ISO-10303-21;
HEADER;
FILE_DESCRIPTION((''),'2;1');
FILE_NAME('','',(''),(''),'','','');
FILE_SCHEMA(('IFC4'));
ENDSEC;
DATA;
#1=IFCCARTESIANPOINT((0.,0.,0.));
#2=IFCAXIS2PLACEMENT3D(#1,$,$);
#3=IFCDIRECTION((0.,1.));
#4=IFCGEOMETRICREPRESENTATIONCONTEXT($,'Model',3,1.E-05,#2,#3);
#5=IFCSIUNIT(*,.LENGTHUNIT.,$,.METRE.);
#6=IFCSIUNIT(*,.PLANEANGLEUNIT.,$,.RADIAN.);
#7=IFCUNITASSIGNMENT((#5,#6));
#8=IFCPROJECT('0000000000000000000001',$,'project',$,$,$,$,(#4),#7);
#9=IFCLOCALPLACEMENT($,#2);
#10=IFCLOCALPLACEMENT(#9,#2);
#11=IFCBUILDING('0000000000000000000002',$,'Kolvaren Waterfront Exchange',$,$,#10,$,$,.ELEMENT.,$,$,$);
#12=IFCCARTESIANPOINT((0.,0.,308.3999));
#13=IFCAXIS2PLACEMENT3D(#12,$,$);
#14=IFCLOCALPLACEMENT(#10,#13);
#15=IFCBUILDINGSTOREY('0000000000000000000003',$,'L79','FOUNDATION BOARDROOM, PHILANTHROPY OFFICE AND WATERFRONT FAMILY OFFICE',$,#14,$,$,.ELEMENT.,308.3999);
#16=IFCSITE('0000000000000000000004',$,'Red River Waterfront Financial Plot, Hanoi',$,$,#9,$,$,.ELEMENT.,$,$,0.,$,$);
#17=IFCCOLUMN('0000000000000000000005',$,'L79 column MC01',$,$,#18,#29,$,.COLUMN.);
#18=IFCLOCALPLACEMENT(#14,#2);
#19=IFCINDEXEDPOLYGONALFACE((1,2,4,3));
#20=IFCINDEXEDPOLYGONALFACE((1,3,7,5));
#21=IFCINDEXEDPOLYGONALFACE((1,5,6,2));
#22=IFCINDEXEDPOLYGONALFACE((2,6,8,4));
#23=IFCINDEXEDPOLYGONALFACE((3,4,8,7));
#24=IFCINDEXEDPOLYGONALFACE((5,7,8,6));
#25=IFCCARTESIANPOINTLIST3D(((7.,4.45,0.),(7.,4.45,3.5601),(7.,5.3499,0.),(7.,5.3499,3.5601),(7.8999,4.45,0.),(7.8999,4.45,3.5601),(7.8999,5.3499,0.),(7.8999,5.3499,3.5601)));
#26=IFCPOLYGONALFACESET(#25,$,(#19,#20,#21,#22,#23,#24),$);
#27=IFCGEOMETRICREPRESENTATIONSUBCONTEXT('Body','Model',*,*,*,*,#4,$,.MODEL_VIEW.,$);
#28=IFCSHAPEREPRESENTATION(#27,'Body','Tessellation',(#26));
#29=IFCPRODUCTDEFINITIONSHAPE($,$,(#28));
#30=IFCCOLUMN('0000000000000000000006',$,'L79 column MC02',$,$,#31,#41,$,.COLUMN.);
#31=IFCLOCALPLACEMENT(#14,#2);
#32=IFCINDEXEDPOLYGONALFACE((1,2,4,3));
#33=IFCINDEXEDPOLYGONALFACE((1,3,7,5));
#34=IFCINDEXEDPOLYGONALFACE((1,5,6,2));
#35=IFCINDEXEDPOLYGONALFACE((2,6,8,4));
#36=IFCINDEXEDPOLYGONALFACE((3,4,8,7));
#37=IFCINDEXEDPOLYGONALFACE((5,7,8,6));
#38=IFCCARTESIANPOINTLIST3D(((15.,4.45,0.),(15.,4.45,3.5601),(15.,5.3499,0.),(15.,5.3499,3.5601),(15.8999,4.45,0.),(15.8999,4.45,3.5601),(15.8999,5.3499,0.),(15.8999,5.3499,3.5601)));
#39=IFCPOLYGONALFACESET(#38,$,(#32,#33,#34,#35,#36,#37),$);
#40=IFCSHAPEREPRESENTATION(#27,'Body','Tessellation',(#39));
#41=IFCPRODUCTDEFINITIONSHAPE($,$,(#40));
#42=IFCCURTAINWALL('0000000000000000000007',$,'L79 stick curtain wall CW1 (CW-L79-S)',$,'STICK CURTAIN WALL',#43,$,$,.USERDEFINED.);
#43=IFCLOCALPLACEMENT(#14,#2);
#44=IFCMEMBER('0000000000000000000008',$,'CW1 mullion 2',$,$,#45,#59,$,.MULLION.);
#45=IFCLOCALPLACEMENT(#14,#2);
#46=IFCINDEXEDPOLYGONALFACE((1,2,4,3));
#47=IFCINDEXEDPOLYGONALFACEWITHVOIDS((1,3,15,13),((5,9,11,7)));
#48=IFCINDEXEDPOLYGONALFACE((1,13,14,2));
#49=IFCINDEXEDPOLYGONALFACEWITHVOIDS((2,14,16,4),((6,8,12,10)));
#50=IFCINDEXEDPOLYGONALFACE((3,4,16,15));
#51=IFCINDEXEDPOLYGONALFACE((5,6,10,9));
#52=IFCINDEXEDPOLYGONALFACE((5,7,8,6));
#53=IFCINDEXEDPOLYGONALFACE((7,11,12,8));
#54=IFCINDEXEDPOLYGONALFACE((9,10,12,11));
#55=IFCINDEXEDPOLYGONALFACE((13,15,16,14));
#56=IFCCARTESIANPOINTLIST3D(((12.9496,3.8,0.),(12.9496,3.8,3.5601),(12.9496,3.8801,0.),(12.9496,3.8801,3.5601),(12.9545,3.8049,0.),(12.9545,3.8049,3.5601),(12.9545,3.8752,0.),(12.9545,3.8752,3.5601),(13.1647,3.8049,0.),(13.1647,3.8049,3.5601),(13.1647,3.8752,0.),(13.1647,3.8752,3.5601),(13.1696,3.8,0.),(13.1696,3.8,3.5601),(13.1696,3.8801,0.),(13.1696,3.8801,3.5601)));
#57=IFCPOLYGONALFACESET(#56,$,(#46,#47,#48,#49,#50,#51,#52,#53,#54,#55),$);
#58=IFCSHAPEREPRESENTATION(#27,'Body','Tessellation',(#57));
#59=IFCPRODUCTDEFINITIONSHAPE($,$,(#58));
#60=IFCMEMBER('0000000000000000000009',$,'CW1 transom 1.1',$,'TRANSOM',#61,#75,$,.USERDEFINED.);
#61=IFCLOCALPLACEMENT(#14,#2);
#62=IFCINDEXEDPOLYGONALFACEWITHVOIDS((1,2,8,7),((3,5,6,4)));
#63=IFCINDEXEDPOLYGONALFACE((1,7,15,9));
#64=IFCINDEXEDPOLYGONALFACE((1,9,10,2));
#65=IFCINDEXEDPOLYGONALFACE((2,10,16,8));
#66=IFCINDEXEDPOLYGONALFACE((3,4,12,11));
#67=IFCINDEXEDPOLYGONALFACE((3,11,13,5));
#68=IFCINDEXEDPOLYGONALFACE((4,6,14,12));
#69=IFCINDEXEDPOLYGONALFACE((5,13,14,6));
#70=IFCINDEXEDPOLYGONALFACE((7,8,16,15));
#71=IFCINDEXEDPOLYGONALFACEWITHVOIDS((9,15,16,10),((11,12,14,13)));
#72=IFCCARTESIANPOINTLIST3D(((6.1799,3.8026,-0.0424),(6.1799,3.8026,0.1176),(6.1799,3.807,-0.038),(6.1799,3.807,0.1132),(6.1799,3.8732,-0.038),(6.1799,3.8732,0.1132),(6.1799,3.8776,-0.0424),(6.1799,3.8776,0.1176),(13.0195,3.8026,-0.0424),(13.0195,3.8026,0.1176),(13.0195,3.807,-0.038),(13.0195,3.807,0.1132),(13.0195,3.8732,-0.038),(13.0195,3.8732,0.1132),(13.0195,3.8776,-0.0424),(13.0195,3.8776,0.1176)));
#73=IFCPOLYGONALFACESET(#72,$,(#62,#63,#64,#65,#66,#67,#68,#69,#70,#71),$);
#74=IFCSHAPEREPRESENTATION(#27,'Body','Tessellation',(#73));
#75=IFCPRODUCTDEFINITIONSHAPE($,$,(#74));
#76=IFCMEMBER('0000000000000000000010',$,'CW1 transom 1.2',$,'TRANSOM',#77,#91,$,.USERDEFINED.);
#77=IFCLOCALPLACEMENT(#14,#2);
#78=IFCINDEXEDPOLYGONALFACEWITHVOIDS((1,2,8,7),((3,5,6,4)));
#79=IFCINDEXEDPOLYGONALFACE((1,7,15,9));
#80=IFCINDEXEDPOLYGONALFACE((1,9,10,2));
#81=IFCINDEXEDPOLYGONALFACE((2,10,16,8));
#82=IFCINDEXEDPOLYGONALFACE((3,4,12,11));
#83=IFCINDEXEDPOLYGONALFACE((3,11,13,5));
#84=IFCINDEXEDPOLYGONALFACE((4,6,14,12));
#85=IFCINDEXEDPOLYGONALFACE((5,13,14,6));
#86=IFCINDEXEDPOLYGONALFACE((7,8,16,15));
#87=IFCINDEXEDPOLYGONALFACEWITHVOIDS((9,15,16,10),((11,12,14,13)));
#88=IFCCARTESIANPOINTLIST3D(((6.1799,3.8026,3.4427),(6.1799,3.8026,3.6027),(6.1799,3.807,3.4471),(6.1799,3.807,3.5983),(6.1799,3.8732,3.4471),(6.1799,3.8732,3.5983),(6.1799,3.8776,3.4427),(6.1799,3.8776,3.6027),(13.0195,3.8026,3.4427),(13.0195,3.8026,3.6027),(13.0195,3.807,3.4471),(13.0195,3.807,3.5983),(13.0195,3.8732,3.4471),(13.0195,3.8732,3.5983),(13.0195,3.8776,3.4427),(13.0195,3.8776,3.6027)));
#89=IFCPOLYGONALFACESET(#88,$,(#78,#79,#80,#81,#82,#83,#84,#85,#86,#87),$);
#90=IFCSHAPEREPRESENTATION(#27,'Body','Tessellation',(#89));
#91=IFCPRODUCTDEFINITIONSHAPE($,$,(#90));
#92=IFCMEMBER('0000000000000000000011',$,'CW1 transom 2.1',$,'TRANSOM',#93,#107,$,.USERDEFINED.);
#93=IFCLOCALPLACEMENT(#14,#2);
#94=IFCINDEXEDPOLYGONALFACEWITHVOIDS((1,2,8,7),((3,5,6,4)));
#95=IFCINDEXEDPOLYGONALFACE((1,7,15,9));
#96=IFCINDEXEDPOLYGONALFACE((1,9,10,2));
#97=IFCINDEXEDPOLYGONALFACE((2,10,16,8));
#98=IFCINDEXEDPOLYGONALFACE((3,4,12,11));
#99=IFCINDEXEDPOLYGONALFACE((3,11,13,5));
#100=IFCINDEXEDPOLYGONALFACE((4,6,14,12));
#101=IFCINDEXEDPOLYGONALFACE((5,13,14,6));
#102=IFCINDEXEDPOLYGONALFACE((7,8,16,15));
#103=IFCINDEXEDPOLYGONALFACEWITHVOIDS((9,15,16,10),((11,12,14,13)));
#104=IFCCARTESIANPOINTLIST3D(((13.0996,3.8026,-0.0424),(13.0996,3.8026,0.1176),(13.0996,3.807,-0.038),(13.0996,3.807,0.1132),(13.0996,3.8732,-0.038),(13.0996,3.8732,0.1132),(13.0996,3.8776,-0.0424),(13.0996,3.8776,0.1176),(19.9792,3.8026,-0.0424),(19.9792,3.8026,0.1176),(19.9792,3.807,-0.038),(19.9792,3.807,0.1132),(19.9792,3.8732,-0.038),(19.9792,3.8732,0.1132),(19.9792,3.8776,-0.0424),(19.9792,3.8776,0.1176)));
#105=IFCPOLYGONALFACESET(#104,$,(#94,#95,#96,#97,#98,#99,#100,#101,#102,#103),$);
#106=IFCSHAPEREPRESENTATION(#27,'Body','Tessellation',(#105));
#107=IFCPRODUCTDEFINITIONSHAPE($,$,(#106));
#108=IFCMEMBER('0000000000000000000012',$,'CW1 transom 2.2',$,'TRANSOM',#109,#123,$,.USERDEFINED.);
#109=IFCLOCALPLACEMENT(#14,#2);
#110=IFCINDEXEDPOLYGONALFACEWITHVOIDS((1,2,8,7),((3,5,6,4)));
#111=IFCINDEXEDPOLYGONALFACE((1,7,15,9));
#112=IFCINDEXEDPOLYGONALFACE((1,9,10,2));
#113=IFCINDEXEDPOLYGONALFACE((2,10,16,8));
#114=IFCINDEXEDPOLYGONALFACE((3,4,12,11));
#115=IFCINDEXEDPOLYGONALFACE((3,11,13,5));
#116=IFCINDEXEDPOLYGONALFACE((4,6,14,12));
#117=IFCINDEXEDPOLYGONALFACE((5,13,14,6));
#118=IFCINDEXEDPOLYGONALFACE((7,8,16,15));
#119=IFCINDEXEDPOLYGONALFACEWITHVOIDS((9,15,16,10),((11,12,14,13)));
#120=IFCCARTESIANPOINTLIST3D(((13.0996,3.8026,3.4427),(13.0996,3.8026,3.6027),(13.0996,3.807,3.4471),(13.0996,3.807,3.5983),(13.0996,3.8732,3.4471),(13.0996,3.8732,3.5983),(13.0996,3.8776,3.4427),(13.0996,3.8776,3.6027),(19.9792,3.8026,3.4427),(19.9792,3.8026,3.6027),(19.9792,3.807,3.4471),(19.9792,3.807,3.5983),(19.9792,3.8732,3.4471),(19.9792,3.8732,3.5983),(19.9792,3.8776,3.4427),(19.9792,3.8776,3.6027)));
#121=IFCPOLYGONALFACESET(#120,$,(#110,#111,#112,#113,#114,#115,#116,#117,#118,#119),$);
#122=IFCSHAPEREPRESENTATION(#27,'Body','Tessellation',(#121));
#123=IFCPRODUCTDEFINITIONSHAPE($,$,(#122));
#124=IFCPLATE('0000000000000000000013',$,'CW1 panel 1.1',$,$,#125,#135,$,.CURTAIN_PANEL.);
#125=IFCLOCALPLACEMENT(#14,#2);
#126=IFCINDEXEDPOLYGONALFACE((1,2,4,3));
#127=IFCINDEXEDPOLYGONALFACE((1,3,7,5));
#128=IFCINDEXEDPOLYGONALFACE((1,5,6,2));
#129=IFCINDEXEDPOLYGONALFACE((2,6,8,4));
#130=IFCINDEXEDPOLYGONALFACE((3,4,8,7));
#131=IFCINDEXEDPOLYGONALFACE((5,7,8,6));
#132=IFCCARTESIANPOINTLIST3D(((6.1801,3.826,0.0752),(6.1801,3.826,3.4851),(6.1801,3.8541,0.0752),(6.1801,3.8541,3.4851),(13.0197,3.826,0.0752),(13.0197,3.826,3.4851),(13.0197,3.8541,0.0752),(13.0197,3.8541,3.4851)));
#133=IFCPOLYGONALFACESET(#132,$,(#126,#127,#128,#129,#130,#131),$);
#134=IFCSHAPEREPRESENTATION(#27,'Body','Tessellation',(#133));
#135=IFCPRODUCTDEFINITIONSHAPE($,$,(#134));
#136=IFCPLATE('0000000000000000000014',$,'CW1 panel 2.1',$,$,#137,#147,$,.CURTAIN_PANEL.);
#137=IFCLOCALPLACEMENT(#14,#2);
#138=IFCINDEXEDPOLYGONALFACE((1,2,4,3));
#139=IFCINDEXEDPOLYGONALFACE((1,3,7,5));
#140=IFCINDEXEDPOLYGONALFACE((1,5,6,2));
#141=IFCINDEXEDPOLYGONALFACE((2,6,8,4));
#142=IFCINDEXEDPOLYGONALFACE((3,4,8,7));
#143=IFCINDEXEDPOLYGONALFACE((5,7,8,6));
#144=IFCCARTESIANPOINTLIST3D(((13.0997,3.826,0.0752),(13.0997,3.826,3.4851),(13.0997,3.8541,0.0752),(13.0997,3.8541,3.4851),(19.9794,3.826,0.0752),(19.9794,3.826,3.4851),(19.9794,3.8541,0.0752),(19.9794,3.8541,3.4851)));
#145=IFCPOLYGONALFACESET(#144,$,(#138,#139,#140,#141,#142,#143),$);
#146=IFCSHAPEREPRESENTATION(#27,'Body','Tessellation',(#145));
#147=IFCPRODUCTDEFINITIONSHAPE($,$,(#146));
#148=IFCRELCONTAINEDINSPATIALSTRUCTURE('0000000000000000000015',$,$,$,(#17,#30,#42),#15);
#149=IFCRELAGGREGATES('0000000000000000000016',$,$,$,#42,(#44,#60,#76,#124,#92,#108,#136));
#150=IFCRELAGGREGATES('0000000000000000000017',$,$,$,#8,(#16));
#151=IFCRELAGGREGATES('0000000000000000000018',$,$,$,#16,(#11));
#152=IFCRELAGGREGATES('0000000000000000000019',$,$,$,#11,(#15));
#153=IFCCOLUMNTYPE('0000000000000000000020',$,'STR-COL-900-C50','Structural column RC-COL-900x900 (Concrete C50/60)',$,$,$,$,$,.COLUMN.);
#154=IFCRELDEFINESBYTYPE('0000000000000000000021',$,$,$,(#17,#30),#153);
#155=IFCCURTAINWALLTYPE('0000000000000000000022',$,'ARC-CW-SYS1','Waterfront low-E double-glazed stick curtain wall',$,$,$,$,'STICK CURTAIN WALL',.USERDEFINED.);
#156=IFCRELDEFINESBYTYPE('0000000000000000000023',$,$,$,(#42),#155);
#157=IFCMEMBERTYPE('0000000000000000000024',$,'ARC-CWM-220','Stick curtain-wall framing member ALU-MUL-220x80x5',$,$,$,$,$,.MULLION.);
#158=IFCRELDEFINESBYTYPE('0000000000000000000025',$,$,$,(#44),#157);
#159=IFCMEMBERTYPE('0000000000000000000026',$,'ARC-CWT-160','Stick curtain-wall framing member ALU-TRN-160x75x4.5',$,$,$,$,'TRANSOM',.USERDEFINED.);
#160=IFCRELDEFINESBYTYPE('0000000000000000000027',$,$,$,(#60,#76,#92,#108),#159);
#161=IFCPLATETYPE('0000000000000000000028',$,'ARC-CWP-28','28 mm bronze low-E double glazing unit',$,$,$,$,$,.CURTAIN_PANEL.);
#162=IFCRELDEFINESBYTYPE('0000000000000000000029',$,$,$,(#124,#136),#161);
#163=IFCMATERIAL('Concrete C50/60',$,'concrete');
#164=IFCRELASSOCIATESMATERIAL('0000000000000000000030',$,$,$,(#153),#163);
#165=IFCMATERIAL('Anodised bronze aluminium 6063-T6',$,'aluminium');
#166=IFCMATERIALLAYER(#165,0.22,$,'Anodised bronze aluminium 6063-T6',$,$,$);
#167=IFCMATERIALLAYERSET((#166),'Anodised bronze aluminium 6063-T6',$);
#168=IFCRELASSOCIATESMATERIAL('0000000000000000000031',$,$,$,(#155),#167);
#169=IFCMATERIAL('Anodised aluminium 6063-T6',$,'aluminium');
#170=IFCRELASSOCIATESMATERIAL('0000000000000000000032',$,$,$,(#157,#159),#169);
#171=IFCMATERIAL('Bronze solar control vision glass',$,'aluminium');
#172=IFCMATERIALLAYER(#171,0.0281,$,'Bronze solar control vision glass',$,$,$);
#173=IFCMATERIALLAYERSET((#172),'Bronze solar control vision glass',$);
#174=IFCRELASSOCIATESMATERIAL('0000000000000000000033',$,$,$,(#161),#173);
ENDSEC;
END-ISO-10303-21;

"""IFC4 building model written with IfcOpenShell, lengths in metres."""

from ifc_helpers import new_model, si_unit, direction, frame, origin, origin_with_axes, origin_2d, place, context, subcontext, project, spatial, rectangle, hollow_rectangle, extrude, source, transform, mapped, material, layer, layer_set, material_profile, profile_set, type_object, element, aggregate, save


model = new_model("IFC4")

# Units and contexts
model_context = context("Model", 3, precision=1e-05, world=origin(), true_north=direction((0.0, 1.0)))
body_context = subcontext(model_context, "Body", "Model", "MODEL_VIEW")
ifc_project = project(units=[si_unit("LENGTHUNIT", "METRE"), si_unit("PLANEANGLEUNIT", "RADIAN")], contexts=[model_context])

# Site, building, storey
site_placement = place(None, origin())
site = spatial("IfcSite", under=ifc_project, at=site_placement, Name="Red River Waterfront Financial Plot, Hanoi", CompositionType="ELEMENT", RefElevation=0.0)
building_placement = place(site_placement, origin())
building = spatial("IfcBuilding", under=site, at=building_placement, Name="Kolvaren Waterfront Exchange", CompositionType="ELEMENT")
storey_placement = place(building_placement, frame((0.0, 0.0, 308.3999)))
storey = spatial("IfcBuildingStorey", under=building, at=storey_placement, Name="L79", Description="FOUNDATION BOARDROOM, PHILANTHROPY OFFICE AND WATERFRONT FAMILY OFFICE", CompositionType="ELEMENT", Elevation=308.3999)

# Columns
ifc_material_1 = material(Name="Concrete C50/60", Category="concrete")
ifc_material_profile_1 = material_profile(ifc_material_1, rectangle(XDim=0.8999, YDim=0.8999, at=origin_2d()), Name="RC-COL-900x900")
ifc_profile_set_1 = profile_set([ifc_material_profile_1], Name="Concrete C50/60")
column_type = type_object("IfcColumnType", Name="STR-COL-900-C50", Description="Structural column RC-COL-900x900 (Concrete C50/60)", PredefinedType="COLUMN", material=ifc_profile_set_1)
for number, where, z_axis, x_axis, name in (
    (1, (7.45, 4.8999, 0.0), (0.0, 0.0, 1.0), (1.0, 0.0, 0.0), "L79 column MC01"),
    (2, (15.45, 4.8999, 0.0), (0.0, 0.0, 1.0), (1.0, 0.0, 0.0), "L79 column MC02"),
):
    element("IfcColumn", number, at=place(storey_placement, frame(where, z_axis=z_axis, x_axis=x_axis)), inside=storey, type_object=column_type, Name=name, PredefinedType="COLUMN", context=body_context, shape_type="SweptSolid", body=[
        extrude(rectangle(XDim=0.8999, YDim=0.8999, at=origin_2d()), origin(), (0.0, 0.0, 1.0), 3.5601),
    ])

# Curtain wall, members, plates
ifc_material_2 = material(Name="Anodised bronze aluminium 6063-T6", Category="aluminium")
ifc_layer_1 = layer(ifc_material_2, 0.22, Name="Anodised bronze aluminium 6063-T6")
ifc_layer_set_1 = layer_set([ifc_layer_1], Name="Anodised bronze aluminium 6063-T6")
curtain_wall_type = type_object("IfcCurtainWallType", Name="ARC-CW-SYS1", Description="Waterfront low-E double-glazed stick curtain wall", ElementType="STICK CURTAIN WALL", PredefinedType="USERDEFINED", material=ifc_layer_set_1)
curtain_wall_placement = place(storey_placement, origin())
curtain_wall = element("IfcCurtainWall", 3, at=curtain_wall_placement, inside=storey, type_object=curtain_wall_type, Name="L79 stick curtain wall CW1 (CW-L79-S)", ObjectType="STICK CURTAIN WALL", PredefinedType="USERDEFINED")
ifc_material_3 = material(Name="Anodised aluminium 6063-T6", Category="aluminium")
ifc_material_profile_2 = material_profile(ifc_material_3, hollow_rectangle(XDim=0.0801, YDim=0.22, WallThickness=0.0049, at=origin_2d()), Name="ALU-MUL-220x80x5")
ifc_profile_set_2 = profile_set([ifc_material_profile_2], Name="Anodised aluminium 6063-T6")
member_type_1 = type_object("IfcMemberType", Name="ARC-CWM-220", Description="Stick curtain-wall framing member ALU-MUL-220x80x5", PredefinedType="MULLION", material=ifc_profile_set_2)
shared_shape_1 = source(origin_with_axes(), body_context, "Body", "SweptSolid", [
    extrude(hollow_rectangle(XDim=0.0801, YDim=0.22, WallThickness=0.0049, at=origin_2d()), origin(), (0.0, 0.0, 1.0), 3.5601),
])
member_1_placement = place(storey_placement, frame((13.0596, 3.8401, 0.0), z_axis=(0.0, 0.0, 1.0), x_axis=(0.0, 1.0, 0.0)))
member_1 = element("IfcMember", 4, at=member_1_placement, type_object=member_type_1, Name="CW1 mullion 2", PredefinedType="MULLION", context=body_context, shape_type="MappedRepresentation", body=[
    mapped(shared_shape_1, transform((0.0, 0.0, 0.0), x_axis=(1.0, 0.0, 0.0), y_axis=(0.0, 1.0, 0.0), z_axis=(0.0, 0.0, 1.0), scale=1.0)),
])
ifc_material_profile_3 = material_profile(ifc_material_3, hollow_rectangle(XDim=0.075, YDim=0.1599, WallThickness=0.0044, at=origin_2d()), Name="ALU-TRN-160x75x4.5")
ifc_profile_set_3 = profile_set([ifc_material_profile_3], Name="Anodised aluminium 6063-T6")
member_type_2 = type_object("IfcMemberType", Name="ARC-CWT-160", Description="Stick curtain-wall framing member ALU-TRN-160x75x4.5", ElementType="TRANSOM", PredefinedType="USERDEFINED", material=ifc_profile_set_3)
shared_shape_2 = source(origin_with_axes(), body_context, "Body", "SweptSolid", [
    extrude(hollow_rectangle(XDim=0.075, YDim=0.1599, WallThickness=0.0044, at=origin_2d()), origin(), (0.0, 0.0, 1.0), 6.8396),
])
member_2_placement = place(storey_placement, frame((6.1799, 3.8401, 0.0376), z_axis=(1.0, 0.0, 0.0), x_axis=(0.0, 1.0, 0.0)))
member_2 = element("IfcMember", 5, at=member_2_placement, type_object=member_type_2, Name="CW1 transom 1.1", ObjectType="TRANSOM", PredefinedType="USERDEFINED", context=body_context, shape_type="MappedRepresentation", body=[
    mapped(shared_shape_2, transform((0.0, 0.0, 0.0), x_axis=(1.0, 0.0, 0.0), y_axis=(0.0, 1.0, 0.0), z_axis=(0.0, 0.0, 1.0), scale=1.0)),
])
member_3_placement = place(storey_placement, frame((6.1799, 3.8401, 3.5227), z_axis=(1.0, 0.0, 0.0), x_axis=(0.0, 1.0, 0.0)))
member_3 = element("IfcMember", 6, at=member_3_placement, type_object=member_type_2, Name="CW1 transom 1.2", ObjectType="TRANSOM", PredefinedType="USERDEFINED", context=body_context, shape_type="MappedRepresentation", body=[
    mapped(shared_shape_2, transform((0.0, 0.0, 0.0), x_axis=(1.0, 0.0, 0.0), y_axis=(0.0, 1.0, 0.0), z_axis=(0.0, 0.0, 1.0), scale=1.0)),
])
shared_shape_3 = source(origin_with_axes(), body_context, "Body", "SweptSolid", [
    extrude(hollow_rectangle(XDim=0.075, YDim=0.1599, WallThickness=0.0044, at=origin_2d()), origin(), (0.0, 0.0, 1.0), 6.8796),
])
member_4_placement = place(storey_placement, frame((13.0996, 3.8401, 0.0376), z_axis=(1.0, 0.0, 0.0), x_axis=(0.0, 1.0, 0.0)))
member_4 = element("IfcMember", 7, at=member_4_placement, type_object=member_type_2, Name="CW1 transom 2.1", ObjectType="TRANSOM", PredefinedType="USERDEFINED", context=body_context, shape_type="MappedRepresentation", body=[
    mapped(shared_shape_3, transform((0.0, 0.0, 0.0), x_axis=(1.0, 0.0, 0.0), y_axis=(0.0, 1.0, 0.0), z_axis=(0.0, 0.0, 1.0), scale=1.0)),
])
member_5_placement = place(storey_placement, frame((13.0996, 3.8401, 3.5227), z_axis=(1.0, 0.0, 0.0), x_axis=(0.0, 1.0, 0.0)))
member_5 = element("IfcMember", 8, at=member_5_placement, type_object=member_type_2, Name="CW1 transom 2.2", ObjectType="TRANSOM", PredefinedType="USERDEFINED", context=body_context, shape_type="MappedRepresentation", body=[
    mapped(shared_shape_3, transform((0.0, 0.0, 0.0), x_axis=(1.0, 0.0, 0.0), y_axis=(0.0, 1.0, 0.0), z_axis=(0.0, 0.0, 1.0), scale=1.0)),
])
ifc_material_4 = material(Name="Bronze solar control vision glass", Category="aluminium")
ifc_layer_2 = layer(ifc_material_4, 0.0281, Name="Bronze solar control vision glass")
ifc_layer_set_2 = layer_set([ifc_layer_2], Name="Bronze solar control vision glass")
plate_type = type_object("IfcPlateType", Name="ARC-CWP-28", Description="28 mm bronze low-E double glazing unit", PredefinedType="CURTAIN_PANEL", material=ifc_layer_set_2)
shared_shape_4 = source(origin_with_axes(), body_context, "Body", "SweptSolid", [
    extrude(rectangle(XDim=6.8396, YDim=0.0281, at=origin_2d()), origin(), (0.0, 0.0, 1.0), 3.4099),
])
plate_1_placement = place(storey_placement, frame((9.5999, 3.8401, 0.0752), z_axis=(0.0, 0.0, 1.0), x_axis=(1.0, 0.0, 0.0)))
plate_1 = element("IfcPlate", 9, at=plate_1_placement, type_object=plate_type, Name="CW1 panel 1.1", PredefinedType="CURTAIN_PANEL", context=body_context, shape_type="MappedRepresentation", body=[
    mapped(shared_shape_4, transform((0.0, 0.0, 0.0), x_axis=(1.0, 0.0, 0.0), y_axis=(0.0, 1.0, 0.0), z_axis=(0.0, 0.0, 1.0), scale=1.0)),
])
shared_shape_5 = source(origin_with_axes(), body_context, "Body", "SweptSolid", [
    extrude(rectangle(XDim=6.8796, YDim=0.0281, at=origin_2d()), origin(), (0.0, 0.0, 1.0), 3.4099),
])
plate_2_placement = place(storey_placement, frame((16.5396, 3.8401, 0.0752), z_axis=(0.0, 0.0, 1.0), x_axis=(1.0, 0.0, 0.0)))
plate_2 = element("IfcPlate", 10, at=plate_2_placement, type_object=plate_type, Name="CW1 panel 2.1", PredefinedType="CURTAIN_PANEL", context=body_context, shape_type="MappedRepresentation", body=[
    mapped(shared_shape_5, transform((0.0, 0.0, 0.0), x_axis=(1.0, 0.0, 0.0), y_axis=(0.0, 1.0, 0.0), z_axis=(0.0, 0.0, 1.0), scale=1.0)),
])
aggregate(curtain_wall, [member_1, member_2, member_3, plate_1, member_4, member_5, plate_2])

save(model, "model.ifc")
